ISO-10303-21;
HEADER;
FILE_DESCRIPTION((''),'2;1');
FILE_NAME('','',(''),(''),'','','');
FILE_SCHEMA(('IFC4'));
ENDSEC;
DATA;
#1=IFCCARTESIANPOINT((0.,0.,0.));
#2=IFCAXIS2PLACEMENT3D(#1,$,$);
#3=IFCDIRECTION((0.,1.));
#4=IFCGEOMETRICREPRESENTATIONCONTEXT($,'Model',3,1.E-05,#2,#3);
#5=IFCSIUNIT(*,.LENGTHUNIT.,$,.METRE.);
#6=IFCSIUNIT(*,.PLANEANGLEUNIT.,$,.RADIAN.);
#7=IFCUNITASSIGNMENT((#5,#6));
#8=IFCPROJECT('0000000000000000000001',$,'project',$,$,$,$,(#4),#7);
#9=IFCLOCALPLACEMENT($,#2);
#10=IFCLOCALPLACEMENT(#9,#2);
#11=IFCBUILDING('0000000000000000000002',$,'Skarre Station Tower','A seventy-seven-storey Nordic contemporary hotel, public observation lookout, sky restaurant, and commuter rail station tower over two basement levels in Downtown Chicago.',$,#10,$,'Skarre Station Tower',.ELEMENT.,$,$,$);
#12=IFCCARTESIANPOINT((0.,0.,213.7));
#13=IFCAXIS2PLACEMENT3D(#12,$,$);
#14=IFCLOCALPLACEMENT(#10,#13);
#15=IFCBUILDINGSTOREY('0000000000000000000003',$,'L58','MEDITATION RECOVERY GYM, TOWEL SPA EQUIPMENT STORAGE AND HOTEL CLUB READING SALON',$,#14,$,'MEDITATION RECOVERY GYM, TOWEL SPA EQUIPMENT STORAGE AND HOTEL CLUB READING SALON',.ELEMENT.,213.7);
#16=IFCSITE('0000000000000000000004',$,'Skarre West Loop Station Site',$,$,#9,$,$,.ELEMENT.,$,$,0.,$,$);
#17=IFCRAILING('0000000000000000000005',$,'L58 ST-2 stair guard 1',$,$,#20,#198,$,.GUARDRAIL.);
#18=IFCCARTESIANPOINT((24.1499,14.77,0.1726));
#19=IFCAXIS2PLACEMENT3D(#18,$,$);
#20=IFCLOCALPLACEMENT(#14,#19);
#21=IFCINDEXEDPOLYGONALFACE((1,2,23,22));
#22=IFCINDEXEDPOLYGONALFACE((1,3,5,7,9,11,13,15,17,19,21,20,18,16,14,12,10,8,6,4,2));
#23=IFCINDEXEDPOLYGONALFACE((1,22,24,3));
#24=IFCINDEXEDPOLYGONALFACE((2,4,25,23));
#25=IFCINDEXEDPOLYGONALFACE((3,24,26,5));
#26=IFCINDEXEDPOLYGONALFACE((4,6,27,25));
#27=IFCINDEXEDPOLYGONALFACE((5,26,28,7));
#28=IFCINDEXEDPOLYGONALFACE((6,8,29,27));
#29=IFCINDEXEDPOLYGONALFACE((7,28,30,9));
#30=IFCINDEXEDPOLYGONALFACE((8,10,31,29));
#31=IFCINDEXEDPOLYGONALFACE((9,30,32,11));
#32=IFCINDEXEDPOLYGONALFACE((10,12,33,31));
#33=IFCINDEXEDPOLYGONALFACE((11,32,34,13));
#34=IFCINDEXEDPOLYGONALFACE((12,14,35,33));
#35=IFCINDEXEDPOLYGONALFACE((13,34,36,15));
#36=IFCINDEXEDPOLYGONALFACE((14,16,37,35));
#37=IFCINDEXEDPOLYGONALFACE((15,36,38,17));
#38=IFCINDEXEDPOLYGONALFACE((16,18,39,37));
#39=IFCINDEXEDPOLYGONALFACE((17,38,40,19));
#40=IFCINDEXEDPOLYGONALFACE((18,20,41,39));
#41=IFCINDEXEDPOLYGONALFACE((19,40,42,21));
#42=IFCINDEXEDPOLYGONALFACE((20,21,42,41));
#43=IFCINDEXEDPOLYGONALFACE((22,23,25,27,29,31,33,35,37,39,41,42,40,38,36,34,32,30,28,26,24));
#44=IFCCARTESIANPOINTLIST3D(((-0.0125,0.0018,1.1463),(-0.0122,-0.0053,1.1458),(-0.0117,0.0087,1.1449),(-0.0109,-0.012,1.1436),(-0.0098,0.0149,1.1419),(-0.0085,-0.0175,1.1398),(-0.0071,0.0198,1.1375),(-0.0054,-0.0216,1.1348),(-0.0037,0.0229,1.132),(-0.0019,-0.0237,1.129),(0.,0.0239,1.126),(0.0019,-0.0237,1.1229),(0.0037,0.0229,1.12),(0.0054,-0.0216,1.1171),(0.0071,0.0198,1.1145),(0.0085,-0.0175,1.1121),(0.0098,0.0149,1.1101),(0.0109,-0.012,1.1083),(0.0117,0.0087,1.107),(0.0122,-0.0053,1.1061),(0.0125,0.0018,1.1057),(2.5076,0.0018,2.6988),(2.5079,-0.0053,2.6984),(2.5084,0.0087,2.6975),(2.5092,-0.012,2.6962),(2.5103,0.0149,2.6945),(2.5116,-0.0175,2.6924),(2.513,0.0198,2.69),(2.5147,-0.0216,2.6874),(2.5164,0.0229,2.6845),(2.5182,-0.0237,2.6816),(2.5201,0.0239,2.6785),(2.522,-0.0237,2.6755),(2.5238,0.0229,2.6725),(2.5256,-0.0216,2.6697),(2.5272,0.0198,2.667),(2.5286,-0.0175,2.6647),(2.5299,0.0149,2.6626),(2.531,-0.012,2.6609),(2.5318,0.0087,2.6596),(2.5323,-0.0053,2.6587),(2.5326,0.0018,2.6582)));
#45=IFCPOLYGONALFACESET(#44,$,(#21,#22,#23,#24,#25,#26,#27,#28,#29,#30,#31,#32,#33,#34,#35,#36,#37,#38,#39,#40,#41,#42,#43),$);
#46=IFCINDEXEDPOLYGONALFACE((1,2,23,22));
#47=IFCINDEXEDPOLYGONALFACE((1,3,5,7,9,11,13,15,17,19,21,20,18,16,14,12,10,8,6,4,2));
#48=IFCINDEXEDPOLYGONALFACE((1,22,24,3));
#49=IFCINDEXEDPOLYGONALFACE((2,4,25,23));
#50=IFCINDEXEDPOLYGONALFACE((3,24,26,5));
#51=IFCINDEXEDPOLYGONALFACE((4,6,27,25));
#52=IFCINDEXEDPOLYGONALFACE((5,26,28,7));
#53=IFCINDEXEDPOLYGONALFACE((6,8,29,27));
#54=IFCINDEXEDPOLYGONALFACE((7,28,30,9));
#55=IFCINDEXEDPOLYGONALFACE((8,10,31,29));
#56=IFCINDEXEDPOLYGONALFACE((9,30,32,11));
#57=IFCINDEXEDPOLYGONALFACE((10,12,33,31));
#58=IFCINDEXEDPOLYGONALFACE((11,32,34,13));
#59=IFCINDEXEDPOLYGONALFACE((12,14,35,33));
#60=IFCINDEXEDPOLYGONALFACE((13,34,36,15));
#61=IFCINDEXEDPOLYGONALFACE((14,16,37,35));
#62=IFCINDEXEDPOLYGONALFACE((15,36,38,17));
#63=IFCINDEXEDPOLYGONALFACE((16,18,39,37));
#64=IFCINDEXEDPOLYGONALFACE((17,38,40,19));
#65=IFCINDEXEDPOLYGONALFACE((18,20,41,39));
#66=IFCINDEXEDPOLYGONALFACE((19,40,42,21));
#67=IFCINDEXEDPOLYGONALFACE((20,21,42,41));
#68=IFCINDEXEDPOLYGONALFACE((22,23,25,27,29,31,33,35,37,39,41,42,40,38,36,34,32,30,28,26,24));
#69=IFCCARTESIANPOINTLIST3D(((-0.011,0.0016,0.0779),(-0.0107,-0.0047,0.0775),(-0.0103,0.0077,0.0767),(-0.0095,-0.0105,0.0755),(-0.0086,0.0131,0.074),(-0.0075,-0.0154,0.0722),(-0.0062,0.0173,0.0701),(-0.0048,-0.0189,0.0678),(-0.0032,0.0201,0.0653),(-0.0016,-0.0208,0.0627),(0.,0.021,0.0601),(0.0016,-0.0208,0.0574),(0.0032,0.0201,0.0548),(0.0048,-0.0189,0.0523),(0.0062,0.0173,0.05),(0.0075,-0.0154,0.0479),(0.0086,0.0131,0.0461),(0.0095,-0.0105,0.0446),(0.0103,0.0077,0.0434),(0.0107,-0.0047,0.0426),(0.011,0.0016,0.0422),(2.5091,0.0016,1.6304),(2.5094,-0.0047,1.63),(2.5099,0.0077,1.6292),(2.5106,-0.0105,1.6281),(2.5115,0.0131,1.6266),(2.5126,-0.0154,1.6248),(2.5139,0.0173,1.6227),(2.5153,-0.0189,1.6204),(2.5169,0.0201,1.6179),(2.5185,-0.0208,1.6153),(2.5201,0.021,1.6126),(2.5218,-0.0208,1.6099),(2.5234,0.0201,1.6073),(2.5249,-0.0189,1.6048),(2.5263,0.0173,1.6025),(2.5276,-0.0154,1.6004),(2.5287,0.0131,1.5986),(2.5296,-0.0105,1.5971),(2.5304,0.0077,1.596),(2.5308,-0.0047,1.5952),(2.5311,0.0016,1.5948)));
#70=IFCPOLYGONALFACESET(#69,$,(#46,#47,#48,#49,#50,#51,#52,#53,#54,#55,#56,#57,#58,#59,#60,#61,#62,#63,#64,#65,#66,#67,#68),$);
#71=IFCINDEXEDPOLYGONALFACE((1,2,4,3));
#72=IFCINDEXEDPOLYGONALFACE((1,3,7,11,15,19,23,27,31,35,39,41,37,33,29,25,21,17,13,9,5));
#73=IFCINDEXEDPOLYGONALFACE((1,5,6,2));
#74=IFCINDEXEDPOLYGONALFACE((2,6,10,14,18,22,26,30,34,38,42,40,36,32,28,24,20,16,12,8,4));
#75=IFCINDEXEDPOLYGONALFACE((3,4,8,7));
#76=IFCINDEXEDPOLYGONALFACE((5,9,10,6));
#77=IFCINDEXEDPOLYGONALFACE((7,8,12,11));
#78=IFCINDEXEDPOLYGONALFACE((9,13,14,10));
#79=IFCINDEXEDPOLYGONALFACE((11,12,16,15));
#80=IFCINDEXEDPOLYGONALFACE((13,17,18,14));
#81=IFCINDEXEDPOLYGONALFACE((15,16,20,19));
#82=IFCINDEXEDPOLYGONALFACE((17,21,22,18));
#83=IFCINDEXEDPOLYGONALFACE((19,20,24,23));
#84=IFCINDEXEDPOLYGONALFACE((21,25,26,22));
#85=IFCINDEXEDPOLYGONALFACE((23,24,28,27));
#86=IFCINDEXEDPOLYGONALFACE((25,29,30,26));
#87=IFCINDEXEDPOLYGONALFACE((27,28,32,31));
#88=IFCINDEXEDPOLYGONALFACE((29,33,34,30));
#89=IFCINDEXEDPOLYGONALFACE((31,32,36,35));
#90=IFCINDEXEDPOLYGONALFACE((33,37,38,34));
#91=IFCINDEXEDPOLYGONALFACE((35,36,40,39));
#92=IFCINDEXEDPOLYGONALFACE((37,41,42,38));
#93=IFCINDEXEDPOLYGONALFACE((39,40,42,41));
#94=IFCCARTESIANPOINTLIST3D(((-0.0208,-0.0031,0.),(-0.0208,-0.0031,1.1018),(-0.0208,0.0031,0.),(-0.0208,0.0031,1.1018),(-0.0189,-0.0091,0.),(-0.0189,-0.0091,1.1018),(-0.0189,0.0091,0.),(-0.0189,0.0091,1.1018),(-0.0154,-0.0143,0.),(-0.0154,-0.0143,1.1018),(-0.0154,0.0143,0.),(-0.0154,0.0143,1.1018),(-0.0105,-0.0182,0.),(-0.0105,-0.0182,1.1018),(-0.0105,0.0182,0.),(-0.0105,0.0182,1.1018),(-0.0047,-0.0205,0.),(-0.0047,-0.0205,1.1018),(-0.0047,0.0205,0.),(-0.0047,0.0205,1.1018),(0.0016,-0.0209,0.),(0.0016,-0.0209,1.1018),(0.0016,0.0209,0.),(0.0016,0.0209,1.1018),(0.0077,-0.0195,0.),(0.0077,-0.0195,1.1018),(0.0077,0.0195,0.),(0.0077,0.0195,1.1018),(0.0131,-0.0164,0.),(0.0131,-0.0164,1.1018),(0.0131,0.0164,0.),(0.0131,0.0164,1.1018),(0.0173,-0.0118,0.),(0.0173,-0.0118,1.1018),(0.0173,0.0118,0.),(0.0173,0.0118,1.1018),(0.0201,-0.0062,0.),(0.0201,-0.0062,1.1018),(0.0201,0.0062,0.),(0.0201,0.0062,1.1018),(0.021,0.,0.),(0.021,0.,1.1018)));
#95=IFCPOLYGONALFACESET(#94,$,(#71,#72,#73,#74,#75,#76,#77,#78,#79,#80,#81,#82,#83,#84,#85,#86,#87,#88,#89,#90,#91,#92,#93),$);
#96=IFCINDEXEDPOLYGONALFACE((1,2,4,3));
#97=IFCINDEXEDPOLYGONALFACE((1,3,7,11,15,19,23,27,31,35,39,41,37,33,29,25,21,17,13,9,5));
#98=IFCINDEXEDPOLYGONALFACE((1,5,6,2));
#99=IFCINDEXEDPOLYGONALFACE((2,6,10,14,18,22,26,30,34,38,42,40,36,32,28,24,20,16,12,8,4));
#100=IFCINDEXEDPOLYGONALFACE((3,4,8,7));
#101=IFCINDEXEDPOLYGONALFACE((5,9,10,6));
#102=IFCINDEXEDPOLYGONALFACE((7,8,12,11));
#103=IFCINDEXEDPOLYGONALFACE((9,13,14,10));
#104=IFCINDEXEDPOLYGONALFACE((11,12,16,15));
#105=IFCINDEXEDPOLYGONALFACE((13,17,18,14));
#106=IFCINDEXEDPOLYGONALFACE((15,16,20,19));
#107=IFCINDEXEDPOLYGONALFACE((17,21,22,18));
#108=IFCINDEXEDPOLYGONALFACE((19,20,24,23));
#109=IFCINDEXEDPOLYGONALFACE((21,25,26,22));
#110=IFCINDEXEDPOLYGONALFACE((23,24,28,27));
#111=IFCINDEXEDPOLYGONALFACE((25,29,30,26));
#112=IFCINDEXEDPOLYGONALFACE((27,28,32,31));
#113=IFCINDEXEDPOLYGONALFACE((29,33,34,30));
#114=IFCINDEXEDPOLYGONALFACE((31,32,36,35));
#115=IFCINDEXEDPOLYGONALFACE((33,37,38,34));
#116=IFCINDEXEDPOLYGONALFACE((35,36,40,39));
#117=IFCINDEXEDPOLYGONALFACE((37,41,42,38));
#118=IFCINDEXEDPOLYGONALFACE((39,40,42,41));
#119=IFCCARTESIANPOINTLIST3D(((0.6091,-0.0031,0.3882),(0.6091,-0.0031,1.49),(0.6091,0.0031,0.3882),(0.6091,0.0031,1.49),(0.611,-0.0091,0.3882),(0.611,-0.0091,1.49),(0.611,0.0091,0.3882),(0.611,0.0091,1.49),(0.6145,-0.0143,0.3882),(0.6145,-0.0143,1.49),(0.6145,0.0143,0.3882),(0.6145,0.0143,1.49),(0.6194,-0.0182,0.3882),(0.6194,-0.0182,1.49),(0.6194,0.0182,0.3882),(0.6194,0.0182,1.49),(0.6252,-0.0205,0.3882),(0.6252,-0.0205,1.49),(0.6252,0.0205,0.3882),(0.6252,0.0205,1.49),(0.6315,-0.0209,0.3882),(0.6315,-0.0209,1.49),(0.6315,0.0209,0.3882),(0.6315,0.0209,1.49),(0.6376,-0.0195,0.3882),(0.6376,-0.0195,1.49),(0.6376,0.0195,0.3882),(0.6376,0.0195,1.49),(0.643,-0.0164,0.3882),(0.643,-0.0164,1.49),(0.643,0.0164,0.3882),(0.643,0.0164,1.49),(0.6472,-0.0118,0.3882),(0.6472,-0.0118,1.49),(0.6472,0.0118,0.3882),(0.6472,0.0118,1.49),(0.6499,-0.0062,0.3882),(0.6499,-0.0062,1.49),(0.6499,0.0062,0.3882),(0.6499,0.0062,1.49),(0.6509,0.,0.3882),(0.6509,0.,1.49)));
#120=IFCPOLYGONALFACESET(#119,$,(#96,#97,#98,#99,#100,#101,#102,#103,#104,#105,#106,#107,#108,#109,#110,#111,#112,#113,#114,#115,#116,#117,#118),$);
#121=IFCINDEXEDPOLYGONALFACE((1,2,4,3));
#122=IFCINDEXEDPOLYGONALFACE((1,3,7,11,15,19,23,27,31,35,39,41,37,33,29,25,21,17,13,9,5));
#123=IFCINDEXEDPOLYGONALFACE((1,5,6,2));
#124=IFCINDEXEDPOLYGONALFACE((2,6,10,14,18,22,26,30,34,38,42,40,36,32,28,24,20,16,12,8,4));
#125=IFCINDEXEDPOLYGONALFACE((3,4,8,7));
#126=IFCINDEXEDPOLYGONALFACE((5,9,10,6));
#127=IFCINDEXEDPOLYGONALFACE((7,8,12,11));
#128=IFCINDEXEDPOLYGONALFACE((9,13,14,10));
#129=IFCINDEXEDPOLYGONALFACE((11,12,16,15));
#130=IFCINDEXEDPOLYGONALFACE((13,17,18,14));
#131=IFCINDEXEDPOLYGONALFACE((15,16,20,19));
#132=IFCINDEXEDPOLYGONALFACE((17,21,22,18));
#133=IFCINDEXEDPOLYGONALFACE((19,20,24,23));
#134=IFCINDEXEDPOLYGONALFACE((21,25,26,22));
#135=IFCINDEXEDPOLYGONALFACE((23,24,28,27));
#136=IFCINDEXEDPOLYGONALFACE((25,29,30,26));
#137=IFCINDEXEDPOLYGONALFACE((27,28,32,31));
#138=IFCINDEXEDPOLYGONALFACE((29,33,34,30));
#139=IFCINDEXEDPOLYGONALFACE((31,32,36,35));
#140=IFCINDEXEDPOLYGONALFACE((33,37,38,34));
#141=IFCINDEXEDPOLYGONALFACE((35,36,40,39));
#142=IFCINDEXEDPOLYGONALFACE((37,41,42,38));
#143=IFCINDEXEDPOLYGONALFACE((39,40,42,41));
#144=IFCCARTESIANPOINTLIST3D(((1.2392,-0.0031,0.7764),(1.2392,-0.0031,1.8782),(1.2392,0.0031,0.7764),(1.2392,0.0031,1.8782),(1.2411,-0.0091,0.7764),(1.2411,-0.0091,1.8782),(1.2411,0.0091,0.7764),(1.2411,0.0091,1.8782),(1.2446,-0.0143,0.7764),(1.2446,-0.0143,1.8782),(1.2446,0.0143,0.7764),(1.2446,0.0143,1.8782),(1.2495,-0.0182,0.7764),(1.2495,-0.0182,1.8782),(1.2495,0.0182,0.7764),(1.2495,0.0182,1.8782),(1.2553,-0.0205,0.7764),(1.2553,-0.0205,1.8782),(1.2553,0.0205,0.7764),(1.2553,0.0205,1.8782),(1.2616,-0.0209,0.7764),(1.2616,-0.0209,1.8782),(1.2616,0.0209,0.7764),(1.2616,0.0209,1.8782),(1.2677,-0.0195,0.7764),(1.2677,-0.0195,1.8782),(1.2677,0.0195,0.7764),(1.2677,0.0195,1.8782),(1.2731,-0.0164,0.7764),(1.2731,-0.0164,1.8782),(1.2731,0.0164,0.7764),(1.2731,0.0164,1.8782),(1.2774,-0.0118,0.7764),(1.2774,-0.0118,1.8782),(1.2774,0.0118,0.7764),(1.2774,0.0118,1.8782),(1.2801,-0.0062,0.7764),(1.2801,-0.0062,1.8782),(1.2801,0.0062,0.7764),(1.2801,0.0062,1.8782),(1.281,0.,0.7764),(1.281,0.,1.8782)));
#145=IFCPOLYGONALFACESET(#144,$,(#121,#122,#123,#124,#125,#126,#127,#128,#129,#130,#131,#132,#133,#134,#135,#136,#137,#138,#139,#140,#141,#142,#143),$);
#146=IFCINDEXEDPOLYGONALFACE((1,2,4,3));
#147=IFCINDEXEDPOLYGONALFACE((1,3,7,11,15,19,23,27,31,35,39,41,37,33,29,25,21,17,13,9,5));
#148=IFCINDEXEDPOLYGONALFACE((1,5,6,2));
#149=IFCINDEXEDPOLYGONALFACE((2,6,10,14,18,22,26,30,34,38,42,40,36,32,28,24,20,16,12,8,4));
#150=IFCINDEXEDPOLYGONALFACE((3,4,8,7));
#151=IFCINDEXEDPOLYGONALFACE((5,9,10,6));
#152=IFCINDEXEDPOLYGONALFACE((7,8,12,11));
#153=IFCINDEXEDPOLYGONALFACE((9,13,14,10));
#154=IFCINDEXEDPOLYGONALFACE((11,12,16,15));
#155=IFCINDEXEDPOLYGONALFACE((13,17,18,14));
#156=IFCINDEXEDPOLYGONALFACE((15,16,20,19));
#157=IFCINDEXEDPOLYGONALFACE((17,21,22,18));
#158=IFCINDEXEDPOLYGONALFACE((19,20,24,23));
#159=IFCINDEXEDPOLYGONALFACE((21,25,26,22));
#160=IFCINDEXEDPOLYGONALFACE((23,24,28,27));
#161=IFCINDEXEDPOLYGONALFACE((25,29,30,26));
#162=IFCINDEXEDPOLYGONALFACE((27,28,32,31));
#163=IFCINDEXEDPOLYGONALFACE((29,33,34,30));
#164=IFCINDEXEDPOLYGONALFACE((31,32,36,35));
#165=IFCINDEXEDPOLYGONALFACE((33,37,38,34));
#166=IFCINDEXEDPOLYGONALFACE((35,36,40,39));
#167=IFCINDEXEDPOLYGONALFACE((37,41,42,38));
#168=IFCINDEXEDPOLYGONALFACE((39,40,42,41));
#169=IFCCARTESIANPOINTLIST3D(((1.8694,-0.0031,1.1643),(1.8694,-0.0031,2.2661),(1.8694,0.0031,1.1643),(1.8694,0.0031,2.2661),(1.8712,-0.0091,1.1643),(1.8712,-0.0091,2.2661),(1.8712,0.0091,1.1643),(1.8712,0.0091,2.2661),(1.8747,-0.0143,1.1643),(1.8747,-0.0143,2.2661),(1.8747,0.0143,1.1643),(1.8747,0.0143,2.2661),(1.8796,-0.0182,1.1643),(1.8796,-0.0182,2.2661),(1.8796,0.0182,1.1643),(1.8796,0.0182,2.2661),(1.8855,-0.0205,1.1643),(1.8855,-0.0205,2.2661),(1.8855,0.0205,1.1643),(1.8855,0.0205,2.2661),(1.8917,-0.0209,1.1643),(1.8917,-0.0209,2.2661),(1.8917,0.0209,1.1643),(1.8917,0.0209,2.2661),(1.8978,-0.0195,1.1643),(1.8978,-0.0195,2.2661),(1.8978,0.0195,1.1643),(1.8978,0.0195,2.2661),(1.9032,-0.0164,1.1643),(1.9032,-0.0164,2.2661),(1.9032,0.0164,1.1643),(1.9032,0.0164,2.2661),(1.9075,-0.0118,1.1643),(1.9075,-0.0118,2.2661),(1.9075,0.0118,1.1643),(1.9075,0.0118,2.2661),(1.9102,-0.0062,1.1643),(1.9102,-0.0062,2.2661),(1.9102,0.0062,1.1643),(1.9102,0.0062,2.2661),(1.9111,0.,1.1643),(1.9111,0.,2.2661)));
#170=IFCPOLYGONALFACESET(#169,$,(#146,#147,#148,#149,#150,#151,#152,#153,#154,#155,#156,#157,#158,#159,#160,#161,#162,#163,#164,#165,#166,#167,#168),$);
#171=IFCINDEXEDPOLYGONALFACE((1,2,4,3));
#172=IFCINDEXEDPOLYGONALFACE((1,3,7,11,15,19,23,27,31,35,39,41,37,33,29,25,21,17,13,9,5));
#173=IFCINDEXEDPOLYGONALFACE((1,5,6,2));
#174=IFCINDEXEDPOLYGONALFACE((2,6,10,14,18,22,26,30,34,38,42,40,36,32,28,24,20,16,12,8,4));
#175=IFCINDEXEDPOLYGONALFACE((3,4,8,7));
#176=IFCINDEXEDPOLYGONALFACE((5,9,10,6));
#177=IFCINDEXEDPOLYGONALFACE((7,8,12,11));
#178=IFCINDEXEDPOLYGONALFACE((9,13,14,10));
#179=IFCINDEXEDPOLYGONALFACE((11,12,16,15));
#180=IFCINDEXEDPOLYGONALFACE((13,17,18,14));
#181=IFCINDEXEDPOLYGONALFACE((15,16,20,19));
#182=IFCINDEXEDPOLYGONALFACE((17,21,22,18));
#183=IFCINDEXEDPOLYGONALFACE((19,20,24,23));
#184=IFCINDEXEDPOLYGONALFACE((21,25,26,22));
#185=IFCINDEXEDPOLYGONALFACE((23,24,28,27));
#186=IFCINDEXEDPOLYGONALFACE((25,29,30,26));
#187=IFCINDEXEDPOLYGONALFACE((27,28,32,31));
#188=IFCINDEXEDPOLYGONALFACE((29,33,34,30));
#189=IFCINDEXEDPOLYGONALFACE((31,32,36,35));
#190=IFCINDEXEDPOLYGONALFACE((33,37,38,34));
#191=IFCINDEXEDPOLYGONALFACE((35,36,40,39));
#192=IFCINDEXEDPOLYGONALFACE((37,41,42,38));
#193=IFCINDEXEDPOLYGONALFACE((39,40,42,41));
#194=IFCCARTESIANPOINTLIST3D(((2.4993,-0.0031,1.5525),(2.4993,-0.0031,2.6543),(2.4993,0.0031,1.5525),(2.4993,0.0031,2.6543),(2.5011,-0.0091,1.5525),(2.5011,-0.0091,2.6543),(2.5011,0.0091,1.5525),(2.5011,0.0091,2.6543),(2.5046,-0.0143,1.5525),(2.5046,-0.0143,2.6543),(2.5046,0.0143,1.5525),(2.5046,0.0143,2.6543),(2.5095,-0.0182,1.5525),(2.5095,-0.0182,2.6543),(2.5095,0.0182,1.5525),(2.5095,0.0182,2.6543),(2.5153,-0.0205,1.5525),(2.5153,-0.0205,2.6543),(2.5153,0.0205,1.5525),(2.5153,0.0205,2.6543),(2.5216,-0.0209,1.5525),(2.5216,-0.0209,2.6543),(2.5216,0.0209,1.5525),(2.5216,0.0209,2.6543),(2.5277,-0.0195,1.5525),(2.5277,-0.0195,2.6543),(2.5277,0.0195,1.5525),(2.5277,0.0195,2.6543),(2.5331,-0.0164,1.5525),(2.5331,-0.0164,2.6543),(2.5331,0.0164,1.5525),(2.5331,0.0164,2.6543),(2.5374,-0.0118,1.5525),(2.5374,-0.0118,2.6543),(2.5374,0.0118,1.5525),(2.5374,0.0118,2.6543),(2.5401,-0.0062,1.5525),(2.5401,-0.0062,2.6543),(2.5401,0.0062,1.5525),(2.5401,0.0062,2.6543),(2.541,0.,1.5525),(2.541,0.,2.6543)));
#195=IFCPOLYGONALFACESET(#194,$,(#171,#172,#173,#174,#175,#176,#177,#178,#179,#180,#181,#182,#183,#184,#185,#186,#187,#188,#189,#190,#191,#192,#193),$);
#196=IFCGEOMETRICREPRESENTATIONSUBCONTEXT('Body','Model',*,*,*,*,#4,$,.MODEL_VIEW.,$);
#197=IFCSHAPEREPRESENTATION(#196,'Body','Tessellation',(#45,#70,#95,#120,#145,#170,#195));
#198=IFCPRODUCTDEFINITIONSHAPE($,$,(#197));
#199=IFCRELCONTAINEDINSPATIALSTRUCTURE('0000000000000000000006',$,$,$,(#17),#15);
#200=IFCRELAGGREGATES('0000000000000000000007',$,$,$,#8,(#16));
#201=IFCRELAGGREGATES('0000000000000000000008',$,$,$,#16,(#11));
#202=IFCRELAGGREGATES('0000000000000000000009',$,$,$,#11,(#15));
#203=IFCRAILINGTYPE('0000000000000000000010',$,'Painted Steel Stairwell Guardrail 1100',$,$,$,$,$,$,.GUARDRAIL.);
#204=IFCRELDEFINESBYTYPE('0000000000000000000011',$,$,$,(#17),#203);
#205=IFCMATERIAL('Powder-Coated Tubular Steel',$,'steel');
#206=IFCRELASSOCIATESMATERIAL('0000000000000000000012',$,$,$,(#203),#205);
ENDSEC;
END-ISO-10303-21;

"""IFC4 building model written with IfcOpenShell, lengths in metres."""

from ifc_helpers import new_model, si_unit, direction, frame, origin, origin_2d, place, context, subcontext, project, spatial, circle, extrude, material, type_object, element, save


model = new_model("IFC4")

# Units and contexts
model_context = context("Model", 3, precision=1e-05, world=origin(), true_north=direction((0.0, 1.0)))
body_context = subcontext(model_context, "Body", "Model", "MODEL_VIEW")
ifc_project = project(units=[si_unit("LENGTHUNIT", "METRE"), si_unit("PLANEANGLEUNIT", "RADIAN")], contexts=[model_context])

# Site, building, storey
site_placement = place(None, origin())
site = spatial("IfcSite", under=ifc_project, at=site_placement, Name="Skarre West Loop Station Site", CompositionType="ELEMENT", RefElevation=0.0)
building_placement = place(site_placement, origin())
building = spatial("IfcBuilding", under=site, at=building_placement, Name="Skarre Station Tower", Description="A seventy-seven-storey Nordic contemporary hotel, public observation lookout, sky restaurant, and commuter rail station tower over two basement levels in Downtown Chicago.", LongName="Skarre Station Tower", CompositionType="ELEMENT")
storey_placement = place(building_placement, frame((0.0, 0.0, 213.7)))
storey = spatial("IfcBuildingStorey", under=building, at=storey_placement, Name="L58", Description="MEDITATION RECOVERY GYM, TOWEL SPA EQUIPMENT STORAGE AND HOTEL CLUB READING SALON", LongName="MEDITATION RECOVERY GYM, TOWEL SPA EQUIPMENT STORAGE AND HOTEL CLUB READING SALON", CompositionType="ELEMENT", Elevation=213.7)

# Railing
ifc_material_1 = material(Name="Powder-Coated Tubular Steel", Category="steel")
railing_type_1 = type_object("IfcRailingType", Name="Painted Steel Stairwell Guardrail 1100", PredefinedType="GUARDRAIL", material=ifc_material_1)
railing_1_placement = place(storey_placement, frame((24.1499, 14.77, 0.1726)))
element("IfcRailing", 1, at=railing_1_placement, inside=storey, type_object=railing_type_1, Name="L58 ST-2 stair guard 1", PredefinedType="GUARDRAIL", context=body_context, shape_type="SweptSolid", body=[
    extrude(circle(Radius=0.0239, at=origin_2d()), frame((0.0, 0.0, 1.126), z_axis=(0.8514, 0.0, 0.524516), x_axis=(0.0, 1.0, 0.0)), (0.0, 0.0, 1.0), 2.96),
    extrude(circle(Radius=0.021, at=origin_2d()), frame((0.0, 0.0, 0.0601), z_axis=(0.8514, 0.0, 0.524516), x_axis=(0.0, 1.0, 0.0)), (0.0, 0.0, 1.0), 2.96),
    extrude(circle(Radius=0.021, at=origin_2d()), origin(), (0.0, 0.0, 1.0), 1.1018),
    extrude(circle(Radius=0.021, at=origin_2d()), frame((0.6299, 0.0, 0.3882)), (0.0, 0.0, 1.0), 1.1018),
    extrude(circle(Radius=0.021, at=origin_2d()), frame((1.26, 0.0, 0.7764)), (0.0, 0.0, 1.0), 1.1018),
    extrude(circle(Radius=0.021, at=origin_2d()), frame((1.8901, 0.0, 1.1643)), (0.0, 0.0, 1.0), 1.1018),
    extrude(circle(Radius=0.021, at=origin_2d()), frame((2.52, 0.0, 1.5525)), (0.0, 0.0, 1.0), 1.1018),
])

save(model, "model.ifc")
